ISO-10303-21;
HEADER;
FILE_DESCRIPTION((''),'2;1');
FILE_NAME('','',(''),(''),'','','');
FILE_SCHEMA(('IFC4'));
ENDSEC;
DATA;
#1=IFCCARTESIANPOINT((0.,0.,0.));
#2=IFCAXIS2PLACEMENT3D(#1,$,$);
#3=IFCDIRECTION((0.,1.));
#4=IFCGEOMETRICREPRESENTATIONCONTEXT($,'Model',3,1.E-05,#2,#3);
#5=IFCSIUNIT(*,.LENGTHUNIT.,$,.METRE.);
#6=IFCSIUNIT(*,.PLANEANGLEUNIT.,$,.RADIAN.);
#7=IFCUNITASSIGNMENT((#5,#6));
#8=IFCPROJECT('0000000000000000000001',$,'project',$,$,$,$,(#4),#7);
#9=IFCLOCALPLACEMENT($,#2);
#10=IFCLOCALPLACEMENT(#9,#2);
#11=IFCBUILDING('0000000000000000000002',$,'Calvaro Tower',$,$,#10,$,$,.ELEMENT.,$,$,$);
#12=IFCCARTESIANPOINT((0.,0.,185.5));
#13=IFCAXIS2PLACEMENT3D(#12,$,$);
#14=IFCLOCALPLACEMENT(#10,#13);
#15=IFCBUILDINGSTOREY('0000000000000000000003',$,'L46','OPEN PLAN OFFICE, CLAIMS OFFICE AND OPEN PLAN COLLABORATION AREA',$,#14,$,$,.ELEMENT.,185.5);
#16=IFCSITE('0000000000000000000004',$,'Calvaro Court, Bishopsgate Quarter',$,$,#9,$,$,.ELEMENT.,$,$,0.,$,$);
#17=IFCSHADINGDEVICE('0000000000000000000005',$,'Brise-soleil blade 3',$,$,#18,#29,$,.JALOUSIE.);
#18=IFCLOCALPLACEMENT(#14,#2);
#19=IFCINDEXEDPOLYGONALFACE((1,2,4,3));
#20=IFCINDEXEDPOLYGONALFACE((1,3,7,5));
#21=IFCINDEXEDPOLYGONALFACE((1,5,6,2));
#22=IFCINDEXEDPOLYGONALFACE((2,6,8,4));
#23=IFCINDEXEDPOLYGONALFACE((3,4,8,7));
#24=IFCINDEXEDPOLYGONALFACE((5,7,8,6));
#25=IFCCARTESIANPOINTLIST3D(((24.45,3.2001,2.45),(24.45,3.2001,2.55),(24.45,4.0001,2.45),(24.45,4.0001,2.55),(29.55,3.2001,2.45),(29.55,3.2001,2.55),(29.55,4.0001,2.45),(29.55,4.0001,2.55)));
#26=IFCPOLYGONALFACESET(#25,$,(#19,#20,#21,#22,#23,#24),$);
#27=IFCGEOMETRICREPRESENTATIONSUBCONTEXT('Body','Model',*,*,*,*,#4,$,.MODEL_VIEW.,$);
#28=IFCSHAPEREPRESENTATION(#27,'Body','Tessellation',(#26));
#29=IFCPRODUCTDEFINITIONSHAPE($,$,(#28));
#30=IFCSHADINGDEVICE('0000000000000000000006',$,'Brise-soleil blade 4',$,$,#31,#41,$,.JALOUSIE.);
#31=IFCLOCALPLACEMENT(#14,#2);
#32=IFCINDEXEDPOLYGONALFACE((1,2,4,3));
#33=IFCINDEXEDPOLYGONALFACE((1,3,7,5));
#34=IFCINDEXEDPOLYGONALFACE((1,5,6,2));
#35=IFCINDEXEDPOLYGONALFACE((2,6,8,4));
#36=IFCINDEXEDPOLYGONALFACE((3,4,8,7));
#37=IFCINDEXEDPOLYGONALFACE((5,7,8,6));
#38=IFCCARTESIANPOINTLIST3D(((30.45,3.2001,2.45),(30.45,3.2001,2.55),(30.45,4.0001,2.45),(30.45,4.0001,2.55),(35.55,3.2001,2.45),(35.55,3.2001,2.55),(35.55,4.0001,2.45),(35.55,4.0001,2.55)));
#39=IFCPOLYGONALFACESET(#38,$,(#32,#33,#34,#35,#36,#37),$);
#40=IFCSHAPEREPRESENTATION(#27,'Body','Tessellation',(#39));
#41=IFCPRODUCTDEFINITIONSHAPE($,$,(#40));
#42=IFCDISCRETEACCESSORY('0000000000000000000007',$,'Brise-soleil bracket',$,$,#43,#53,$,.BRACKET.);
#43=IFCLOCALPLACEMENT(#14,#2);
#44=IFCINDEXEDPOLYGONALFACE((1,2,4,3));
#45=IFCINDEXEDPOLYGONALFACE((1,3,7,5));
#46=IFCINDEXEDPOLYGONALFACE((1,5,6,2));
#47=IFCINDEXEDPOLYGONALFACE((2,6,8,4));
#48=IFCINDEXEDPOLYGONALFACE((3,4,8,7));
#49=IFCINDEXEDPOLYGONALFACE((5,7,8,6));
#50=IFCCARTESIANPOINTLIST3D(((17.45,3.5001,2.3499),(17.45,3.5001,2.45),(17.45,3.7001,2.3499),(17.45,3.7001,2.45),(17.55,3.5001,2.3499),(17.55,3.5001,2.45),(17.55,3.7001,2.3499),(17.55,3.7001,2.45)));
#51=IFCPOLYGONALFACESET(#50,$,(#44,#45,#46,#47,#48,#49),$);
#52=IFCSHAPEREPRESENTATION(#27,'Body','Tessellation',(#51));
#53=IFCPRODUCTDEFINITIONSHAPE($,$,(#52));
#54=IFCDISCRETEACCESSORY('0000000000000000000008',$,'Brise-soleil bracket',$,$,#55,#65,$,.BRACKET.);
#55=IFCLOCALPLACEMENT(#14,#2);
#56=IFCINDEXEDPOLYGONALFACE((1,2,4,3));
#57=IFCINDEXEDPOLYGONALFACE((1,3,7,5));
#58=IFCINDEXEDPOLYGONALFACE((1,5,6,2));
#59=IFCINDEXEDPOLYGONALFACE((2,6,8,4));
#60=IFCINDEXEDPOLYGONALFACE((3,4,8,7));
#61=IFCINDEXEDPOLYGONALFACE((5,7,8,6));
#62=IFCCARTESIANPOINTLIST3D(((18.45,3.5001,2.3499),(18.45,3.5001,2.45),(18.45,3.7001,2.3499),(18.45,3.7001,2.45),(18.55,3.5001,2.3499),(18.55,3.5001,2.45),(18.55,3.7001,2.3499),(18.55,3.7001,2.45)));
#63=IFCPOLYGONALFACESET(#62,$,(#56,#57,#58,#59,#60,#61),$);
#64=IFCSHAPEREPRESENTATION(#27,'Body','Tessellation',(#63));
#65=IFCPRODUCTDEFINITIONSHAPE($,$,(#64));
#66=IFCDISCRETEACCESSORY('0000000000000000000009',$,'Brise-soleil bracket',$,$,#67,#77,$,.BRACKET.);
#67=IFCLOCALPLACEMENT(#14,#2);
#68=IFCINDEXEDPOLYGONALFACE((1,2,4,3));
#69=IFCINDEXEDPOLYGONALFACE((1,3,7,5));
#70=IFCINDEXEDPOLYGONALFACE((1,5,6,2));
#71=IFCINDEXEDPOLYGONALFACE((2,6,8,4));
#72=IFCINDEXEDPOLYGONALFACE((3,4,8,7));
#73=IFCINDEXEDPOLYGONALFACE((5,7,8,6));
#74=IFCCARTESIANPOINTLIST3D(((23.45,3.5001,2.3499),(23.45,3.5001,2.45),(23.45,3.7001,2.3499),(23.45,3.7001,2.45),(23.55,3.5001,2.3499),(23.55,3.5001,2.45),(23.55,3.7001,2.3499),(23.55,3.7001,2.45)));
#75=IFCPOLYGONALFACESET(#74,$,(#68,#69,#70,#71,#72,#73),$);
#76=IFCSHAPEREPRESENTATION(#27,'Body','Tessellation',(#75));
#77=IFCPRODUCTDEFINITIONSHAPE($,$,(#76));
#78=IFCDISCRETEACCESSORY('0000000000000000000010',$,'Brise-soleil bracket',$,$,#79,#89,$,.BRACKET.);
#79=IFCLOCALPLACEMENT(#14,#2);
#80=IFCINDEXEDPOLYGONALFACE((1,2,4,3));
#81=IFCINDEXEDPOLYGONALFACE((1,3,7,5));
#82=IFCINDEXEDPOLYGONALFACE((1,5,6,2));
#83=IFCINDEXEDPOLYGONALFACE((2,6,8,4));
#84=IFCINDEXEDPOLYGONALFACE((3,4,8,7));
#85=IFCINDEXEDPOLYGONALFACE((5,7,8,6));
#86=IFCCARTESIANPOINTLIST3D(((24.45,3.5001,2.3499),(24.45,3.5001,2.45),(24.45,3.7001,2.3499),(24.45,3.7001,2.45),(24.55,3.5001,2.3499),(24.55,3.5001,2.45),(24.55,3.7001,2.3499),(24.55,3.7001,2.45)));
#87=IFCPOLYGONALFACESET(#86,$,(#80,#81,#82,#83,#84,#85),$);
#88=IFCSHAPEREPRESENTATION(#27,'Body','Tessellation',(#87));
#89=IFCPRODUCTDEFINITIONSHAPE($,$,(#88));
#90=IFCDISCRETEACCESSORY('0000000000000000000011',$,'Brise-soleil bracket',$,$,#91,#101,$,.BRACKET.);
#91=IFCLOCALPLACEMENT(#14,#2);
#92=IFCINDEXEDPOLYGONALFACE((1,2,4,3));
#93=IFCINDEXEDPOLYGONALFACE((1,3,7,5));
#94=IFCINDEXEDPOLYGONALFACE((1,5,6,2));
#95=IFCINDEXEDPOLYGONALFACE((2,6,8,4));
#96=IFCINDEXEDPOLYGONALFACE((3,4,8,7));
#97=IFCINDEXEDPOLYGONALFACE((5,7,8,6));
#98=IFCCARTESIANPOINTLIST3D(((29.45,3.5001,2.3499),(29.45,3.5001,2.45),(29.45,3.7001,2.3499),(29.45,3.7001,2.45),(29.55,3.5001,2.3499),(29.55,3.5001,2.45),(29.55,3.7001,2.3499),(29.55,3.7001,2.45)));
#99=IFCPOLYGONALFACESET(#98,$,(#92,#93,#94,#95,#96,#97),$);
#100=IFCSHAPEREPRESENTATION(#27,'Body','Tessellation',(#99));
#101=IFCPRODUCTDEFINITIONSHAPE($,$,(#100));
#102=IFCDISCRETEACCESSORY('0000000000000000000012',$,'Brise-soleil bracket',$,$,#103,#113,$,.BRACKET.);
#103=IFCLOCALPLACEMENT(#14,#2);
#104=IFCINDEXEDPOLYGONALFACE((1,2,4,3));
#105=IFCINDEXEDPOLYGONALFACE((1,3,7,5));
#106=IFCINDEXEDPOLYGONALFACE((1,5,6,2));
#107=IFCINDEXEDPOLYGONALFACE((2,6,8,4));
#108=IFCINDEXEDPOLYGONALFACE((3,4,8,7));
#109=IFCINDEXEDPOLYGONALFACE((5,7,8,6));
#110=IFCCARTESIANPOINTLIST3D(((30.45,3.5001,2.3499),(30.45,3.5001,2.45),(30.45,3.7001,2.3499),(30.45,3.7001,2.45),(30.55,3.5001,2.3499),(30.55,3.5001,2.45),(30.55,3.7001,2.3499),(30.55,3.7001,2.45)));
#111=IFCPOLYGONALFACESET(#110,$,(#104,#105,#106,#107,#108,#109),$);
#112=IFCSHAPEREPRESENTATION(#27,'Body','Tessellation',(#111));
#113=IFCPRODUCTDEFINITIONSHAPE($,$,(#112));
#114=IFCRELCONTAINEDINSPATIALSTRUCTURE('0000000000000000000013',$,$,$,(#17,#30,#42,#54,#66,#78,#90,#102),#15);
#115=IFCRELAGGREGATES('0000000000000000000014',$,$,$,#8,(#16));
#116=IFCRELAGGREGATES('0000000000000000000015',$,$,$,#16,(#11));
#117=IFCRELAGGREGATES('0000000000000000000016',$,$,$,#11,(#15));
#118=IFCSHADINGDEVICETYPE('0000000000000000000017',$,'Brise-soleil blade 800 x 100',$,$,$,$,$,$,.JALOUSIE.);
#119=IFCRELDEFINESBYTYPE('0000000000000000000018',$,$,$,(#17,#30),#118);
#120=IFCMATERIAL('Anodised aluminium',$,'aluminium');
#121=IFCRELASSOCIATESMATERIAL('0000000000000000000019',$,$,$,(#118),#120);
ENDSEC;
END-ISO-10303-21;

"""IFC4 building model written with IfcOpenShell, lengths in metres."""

from ifc_helpers import new_model, si_unit, direction, frame, origin, origin_2d, place, context, subcontext, project, spatial, rectangle, extrude, material, material_profile, profile_set, type_object, element, save


model = new_model("IFC4")

# Units and contexts
model_context = context("Model", 3, precision=1e-05, world=origin(), true_north=direction((0.0, 1.0)))
body_context = subcontext(model_context, "Body", "Model", "MODEL_VIEW")
ifc_project = project(units=[si_unit("LENGTHUNIT", "METRE"), si_unit("PLANEANGLEUNIT", "RADIAN")], contexts=[model_context])

# Site, building, storey
site_placement = place(None, origin())
site = spatial("IfcSite", under=ifc_project, at=site_placement, Name="Calvaro Court, Bishopsgate Quarter", CompositionType="ELEMENT", RefElevation=0.0)
building_placement = place(site_placement, origin())
building = spatial("IfcBuilding", under=site, at=building_placement, Name="Calvaro Tower", CompositionType="ELEMENT")
storey_placement = place(building_placement, frame((0.0, 0.0, 185.5)))
storey = spatial("IfcBuildingStorey", under=building, at=storey_placement, Name="L46", Description="OPEN PLAN OFFICE, CLAIMS OFFICE AND OPEN PLAN COLLABORATION AREA", CompositionType="ELEMENT", Elevation=185.5)

# Shading devices
ifc_material_1 = material(Name="Anodised aluminium", Category="aluminium")
ifc_material_profile_1 = material_profile(ifc_material_1, rectangle(XDim=0.8, YDim=0.1001, at=origin_2d()), Name="Brise-soleil blade 800 x 100")
ifc_profile_set_1 = profile_set([ifc_material_profile_1], Name="Anodised aluminium")
shading_device_type = type_object("IfcShadingDeviceType", Name="Brise-soleil blade 800 x 100", PredefinedType="JALOUSIE", material=ifc_profile_set_1)
for number, where, z_axis, x_axis, name in (
    (1, (24.45, 3.6001, 2.5), (1.0, 0.0, 0.0), (0.0, 1.0, 0.0), "Brise-soleil blade 3"),
    (2, (30.45, 3.6001, 2.5), (1.0, 0.0, 0.0), (0.0, 1.0, 0.0), "Brise-soleil blade 4"),
):
    element("IfcShadingDevice", number, at=place(storey_placement, frame(where, z_axis=z_axis, x_axis=x_axis)), inside=storey, type_object=shading_device_type, Name=name, PredefinedType="JALOUSIE", context=body_context, shape_type="SweptSolid", body=[
        extrude(rectangle(XDim=0.8, YDim=0.1001, at=origin_2d()), origin(), (0.0, 0.0, 1.0), 5.1001),
    ])

# Discrete accessories
for number, where, z_axis, x_axis, name in (
    (3, (17.5, 3.6001, 2.3499), (0.0, 0.0, 1.0), (1.0, 0.0, 0.0), "Brise-soleil bracket"),
    (4, (18.5, 3.6001, 2.3499), (0.0, 0.0, 1.0), (1.0, 0.0, 0.0), "Brise-soleil bracket"),
    (5, (23.5, 3.6001, 2.3499), (0.0, 0.0, 1.0), (1.0, 0.0, 0.0), "Brise-soleil bracket"),
    (6, (24.5, 3.6001, 2.3499), (0.0, 0.0, 1.0), (1.0, 0.0, 0.0), "Brise-soleil bracket"),
    (7, (29.5, 3.6001, 2.3499), (0.0, 0.0, 1.0), (1.0, 0.0, 0.0), "Brise-soleil bracket"),
    (8, (30.5, 3.6001, 2.3499), (0.0, 0.0, 1.0), (1.0, 0.0, 0.0), "Brise-soleil bracket"),
):
    element("IfcDiscreteAccessory", number, at=place(storey_placement, frame(where, z_axis=z_axis, x_axis=x_axis)), inside=storey, Name=name, PredefinedType="BRACKET", context=body_context, shape_type="SweptSolid", body=[
        extrude(rectangle(XDim=0.1001, YDim=0.2, at=origin_2d()), origin(), (0.0, 0.0, 1.0), 0.1001),
    ])

save(model, "model.ifc")
